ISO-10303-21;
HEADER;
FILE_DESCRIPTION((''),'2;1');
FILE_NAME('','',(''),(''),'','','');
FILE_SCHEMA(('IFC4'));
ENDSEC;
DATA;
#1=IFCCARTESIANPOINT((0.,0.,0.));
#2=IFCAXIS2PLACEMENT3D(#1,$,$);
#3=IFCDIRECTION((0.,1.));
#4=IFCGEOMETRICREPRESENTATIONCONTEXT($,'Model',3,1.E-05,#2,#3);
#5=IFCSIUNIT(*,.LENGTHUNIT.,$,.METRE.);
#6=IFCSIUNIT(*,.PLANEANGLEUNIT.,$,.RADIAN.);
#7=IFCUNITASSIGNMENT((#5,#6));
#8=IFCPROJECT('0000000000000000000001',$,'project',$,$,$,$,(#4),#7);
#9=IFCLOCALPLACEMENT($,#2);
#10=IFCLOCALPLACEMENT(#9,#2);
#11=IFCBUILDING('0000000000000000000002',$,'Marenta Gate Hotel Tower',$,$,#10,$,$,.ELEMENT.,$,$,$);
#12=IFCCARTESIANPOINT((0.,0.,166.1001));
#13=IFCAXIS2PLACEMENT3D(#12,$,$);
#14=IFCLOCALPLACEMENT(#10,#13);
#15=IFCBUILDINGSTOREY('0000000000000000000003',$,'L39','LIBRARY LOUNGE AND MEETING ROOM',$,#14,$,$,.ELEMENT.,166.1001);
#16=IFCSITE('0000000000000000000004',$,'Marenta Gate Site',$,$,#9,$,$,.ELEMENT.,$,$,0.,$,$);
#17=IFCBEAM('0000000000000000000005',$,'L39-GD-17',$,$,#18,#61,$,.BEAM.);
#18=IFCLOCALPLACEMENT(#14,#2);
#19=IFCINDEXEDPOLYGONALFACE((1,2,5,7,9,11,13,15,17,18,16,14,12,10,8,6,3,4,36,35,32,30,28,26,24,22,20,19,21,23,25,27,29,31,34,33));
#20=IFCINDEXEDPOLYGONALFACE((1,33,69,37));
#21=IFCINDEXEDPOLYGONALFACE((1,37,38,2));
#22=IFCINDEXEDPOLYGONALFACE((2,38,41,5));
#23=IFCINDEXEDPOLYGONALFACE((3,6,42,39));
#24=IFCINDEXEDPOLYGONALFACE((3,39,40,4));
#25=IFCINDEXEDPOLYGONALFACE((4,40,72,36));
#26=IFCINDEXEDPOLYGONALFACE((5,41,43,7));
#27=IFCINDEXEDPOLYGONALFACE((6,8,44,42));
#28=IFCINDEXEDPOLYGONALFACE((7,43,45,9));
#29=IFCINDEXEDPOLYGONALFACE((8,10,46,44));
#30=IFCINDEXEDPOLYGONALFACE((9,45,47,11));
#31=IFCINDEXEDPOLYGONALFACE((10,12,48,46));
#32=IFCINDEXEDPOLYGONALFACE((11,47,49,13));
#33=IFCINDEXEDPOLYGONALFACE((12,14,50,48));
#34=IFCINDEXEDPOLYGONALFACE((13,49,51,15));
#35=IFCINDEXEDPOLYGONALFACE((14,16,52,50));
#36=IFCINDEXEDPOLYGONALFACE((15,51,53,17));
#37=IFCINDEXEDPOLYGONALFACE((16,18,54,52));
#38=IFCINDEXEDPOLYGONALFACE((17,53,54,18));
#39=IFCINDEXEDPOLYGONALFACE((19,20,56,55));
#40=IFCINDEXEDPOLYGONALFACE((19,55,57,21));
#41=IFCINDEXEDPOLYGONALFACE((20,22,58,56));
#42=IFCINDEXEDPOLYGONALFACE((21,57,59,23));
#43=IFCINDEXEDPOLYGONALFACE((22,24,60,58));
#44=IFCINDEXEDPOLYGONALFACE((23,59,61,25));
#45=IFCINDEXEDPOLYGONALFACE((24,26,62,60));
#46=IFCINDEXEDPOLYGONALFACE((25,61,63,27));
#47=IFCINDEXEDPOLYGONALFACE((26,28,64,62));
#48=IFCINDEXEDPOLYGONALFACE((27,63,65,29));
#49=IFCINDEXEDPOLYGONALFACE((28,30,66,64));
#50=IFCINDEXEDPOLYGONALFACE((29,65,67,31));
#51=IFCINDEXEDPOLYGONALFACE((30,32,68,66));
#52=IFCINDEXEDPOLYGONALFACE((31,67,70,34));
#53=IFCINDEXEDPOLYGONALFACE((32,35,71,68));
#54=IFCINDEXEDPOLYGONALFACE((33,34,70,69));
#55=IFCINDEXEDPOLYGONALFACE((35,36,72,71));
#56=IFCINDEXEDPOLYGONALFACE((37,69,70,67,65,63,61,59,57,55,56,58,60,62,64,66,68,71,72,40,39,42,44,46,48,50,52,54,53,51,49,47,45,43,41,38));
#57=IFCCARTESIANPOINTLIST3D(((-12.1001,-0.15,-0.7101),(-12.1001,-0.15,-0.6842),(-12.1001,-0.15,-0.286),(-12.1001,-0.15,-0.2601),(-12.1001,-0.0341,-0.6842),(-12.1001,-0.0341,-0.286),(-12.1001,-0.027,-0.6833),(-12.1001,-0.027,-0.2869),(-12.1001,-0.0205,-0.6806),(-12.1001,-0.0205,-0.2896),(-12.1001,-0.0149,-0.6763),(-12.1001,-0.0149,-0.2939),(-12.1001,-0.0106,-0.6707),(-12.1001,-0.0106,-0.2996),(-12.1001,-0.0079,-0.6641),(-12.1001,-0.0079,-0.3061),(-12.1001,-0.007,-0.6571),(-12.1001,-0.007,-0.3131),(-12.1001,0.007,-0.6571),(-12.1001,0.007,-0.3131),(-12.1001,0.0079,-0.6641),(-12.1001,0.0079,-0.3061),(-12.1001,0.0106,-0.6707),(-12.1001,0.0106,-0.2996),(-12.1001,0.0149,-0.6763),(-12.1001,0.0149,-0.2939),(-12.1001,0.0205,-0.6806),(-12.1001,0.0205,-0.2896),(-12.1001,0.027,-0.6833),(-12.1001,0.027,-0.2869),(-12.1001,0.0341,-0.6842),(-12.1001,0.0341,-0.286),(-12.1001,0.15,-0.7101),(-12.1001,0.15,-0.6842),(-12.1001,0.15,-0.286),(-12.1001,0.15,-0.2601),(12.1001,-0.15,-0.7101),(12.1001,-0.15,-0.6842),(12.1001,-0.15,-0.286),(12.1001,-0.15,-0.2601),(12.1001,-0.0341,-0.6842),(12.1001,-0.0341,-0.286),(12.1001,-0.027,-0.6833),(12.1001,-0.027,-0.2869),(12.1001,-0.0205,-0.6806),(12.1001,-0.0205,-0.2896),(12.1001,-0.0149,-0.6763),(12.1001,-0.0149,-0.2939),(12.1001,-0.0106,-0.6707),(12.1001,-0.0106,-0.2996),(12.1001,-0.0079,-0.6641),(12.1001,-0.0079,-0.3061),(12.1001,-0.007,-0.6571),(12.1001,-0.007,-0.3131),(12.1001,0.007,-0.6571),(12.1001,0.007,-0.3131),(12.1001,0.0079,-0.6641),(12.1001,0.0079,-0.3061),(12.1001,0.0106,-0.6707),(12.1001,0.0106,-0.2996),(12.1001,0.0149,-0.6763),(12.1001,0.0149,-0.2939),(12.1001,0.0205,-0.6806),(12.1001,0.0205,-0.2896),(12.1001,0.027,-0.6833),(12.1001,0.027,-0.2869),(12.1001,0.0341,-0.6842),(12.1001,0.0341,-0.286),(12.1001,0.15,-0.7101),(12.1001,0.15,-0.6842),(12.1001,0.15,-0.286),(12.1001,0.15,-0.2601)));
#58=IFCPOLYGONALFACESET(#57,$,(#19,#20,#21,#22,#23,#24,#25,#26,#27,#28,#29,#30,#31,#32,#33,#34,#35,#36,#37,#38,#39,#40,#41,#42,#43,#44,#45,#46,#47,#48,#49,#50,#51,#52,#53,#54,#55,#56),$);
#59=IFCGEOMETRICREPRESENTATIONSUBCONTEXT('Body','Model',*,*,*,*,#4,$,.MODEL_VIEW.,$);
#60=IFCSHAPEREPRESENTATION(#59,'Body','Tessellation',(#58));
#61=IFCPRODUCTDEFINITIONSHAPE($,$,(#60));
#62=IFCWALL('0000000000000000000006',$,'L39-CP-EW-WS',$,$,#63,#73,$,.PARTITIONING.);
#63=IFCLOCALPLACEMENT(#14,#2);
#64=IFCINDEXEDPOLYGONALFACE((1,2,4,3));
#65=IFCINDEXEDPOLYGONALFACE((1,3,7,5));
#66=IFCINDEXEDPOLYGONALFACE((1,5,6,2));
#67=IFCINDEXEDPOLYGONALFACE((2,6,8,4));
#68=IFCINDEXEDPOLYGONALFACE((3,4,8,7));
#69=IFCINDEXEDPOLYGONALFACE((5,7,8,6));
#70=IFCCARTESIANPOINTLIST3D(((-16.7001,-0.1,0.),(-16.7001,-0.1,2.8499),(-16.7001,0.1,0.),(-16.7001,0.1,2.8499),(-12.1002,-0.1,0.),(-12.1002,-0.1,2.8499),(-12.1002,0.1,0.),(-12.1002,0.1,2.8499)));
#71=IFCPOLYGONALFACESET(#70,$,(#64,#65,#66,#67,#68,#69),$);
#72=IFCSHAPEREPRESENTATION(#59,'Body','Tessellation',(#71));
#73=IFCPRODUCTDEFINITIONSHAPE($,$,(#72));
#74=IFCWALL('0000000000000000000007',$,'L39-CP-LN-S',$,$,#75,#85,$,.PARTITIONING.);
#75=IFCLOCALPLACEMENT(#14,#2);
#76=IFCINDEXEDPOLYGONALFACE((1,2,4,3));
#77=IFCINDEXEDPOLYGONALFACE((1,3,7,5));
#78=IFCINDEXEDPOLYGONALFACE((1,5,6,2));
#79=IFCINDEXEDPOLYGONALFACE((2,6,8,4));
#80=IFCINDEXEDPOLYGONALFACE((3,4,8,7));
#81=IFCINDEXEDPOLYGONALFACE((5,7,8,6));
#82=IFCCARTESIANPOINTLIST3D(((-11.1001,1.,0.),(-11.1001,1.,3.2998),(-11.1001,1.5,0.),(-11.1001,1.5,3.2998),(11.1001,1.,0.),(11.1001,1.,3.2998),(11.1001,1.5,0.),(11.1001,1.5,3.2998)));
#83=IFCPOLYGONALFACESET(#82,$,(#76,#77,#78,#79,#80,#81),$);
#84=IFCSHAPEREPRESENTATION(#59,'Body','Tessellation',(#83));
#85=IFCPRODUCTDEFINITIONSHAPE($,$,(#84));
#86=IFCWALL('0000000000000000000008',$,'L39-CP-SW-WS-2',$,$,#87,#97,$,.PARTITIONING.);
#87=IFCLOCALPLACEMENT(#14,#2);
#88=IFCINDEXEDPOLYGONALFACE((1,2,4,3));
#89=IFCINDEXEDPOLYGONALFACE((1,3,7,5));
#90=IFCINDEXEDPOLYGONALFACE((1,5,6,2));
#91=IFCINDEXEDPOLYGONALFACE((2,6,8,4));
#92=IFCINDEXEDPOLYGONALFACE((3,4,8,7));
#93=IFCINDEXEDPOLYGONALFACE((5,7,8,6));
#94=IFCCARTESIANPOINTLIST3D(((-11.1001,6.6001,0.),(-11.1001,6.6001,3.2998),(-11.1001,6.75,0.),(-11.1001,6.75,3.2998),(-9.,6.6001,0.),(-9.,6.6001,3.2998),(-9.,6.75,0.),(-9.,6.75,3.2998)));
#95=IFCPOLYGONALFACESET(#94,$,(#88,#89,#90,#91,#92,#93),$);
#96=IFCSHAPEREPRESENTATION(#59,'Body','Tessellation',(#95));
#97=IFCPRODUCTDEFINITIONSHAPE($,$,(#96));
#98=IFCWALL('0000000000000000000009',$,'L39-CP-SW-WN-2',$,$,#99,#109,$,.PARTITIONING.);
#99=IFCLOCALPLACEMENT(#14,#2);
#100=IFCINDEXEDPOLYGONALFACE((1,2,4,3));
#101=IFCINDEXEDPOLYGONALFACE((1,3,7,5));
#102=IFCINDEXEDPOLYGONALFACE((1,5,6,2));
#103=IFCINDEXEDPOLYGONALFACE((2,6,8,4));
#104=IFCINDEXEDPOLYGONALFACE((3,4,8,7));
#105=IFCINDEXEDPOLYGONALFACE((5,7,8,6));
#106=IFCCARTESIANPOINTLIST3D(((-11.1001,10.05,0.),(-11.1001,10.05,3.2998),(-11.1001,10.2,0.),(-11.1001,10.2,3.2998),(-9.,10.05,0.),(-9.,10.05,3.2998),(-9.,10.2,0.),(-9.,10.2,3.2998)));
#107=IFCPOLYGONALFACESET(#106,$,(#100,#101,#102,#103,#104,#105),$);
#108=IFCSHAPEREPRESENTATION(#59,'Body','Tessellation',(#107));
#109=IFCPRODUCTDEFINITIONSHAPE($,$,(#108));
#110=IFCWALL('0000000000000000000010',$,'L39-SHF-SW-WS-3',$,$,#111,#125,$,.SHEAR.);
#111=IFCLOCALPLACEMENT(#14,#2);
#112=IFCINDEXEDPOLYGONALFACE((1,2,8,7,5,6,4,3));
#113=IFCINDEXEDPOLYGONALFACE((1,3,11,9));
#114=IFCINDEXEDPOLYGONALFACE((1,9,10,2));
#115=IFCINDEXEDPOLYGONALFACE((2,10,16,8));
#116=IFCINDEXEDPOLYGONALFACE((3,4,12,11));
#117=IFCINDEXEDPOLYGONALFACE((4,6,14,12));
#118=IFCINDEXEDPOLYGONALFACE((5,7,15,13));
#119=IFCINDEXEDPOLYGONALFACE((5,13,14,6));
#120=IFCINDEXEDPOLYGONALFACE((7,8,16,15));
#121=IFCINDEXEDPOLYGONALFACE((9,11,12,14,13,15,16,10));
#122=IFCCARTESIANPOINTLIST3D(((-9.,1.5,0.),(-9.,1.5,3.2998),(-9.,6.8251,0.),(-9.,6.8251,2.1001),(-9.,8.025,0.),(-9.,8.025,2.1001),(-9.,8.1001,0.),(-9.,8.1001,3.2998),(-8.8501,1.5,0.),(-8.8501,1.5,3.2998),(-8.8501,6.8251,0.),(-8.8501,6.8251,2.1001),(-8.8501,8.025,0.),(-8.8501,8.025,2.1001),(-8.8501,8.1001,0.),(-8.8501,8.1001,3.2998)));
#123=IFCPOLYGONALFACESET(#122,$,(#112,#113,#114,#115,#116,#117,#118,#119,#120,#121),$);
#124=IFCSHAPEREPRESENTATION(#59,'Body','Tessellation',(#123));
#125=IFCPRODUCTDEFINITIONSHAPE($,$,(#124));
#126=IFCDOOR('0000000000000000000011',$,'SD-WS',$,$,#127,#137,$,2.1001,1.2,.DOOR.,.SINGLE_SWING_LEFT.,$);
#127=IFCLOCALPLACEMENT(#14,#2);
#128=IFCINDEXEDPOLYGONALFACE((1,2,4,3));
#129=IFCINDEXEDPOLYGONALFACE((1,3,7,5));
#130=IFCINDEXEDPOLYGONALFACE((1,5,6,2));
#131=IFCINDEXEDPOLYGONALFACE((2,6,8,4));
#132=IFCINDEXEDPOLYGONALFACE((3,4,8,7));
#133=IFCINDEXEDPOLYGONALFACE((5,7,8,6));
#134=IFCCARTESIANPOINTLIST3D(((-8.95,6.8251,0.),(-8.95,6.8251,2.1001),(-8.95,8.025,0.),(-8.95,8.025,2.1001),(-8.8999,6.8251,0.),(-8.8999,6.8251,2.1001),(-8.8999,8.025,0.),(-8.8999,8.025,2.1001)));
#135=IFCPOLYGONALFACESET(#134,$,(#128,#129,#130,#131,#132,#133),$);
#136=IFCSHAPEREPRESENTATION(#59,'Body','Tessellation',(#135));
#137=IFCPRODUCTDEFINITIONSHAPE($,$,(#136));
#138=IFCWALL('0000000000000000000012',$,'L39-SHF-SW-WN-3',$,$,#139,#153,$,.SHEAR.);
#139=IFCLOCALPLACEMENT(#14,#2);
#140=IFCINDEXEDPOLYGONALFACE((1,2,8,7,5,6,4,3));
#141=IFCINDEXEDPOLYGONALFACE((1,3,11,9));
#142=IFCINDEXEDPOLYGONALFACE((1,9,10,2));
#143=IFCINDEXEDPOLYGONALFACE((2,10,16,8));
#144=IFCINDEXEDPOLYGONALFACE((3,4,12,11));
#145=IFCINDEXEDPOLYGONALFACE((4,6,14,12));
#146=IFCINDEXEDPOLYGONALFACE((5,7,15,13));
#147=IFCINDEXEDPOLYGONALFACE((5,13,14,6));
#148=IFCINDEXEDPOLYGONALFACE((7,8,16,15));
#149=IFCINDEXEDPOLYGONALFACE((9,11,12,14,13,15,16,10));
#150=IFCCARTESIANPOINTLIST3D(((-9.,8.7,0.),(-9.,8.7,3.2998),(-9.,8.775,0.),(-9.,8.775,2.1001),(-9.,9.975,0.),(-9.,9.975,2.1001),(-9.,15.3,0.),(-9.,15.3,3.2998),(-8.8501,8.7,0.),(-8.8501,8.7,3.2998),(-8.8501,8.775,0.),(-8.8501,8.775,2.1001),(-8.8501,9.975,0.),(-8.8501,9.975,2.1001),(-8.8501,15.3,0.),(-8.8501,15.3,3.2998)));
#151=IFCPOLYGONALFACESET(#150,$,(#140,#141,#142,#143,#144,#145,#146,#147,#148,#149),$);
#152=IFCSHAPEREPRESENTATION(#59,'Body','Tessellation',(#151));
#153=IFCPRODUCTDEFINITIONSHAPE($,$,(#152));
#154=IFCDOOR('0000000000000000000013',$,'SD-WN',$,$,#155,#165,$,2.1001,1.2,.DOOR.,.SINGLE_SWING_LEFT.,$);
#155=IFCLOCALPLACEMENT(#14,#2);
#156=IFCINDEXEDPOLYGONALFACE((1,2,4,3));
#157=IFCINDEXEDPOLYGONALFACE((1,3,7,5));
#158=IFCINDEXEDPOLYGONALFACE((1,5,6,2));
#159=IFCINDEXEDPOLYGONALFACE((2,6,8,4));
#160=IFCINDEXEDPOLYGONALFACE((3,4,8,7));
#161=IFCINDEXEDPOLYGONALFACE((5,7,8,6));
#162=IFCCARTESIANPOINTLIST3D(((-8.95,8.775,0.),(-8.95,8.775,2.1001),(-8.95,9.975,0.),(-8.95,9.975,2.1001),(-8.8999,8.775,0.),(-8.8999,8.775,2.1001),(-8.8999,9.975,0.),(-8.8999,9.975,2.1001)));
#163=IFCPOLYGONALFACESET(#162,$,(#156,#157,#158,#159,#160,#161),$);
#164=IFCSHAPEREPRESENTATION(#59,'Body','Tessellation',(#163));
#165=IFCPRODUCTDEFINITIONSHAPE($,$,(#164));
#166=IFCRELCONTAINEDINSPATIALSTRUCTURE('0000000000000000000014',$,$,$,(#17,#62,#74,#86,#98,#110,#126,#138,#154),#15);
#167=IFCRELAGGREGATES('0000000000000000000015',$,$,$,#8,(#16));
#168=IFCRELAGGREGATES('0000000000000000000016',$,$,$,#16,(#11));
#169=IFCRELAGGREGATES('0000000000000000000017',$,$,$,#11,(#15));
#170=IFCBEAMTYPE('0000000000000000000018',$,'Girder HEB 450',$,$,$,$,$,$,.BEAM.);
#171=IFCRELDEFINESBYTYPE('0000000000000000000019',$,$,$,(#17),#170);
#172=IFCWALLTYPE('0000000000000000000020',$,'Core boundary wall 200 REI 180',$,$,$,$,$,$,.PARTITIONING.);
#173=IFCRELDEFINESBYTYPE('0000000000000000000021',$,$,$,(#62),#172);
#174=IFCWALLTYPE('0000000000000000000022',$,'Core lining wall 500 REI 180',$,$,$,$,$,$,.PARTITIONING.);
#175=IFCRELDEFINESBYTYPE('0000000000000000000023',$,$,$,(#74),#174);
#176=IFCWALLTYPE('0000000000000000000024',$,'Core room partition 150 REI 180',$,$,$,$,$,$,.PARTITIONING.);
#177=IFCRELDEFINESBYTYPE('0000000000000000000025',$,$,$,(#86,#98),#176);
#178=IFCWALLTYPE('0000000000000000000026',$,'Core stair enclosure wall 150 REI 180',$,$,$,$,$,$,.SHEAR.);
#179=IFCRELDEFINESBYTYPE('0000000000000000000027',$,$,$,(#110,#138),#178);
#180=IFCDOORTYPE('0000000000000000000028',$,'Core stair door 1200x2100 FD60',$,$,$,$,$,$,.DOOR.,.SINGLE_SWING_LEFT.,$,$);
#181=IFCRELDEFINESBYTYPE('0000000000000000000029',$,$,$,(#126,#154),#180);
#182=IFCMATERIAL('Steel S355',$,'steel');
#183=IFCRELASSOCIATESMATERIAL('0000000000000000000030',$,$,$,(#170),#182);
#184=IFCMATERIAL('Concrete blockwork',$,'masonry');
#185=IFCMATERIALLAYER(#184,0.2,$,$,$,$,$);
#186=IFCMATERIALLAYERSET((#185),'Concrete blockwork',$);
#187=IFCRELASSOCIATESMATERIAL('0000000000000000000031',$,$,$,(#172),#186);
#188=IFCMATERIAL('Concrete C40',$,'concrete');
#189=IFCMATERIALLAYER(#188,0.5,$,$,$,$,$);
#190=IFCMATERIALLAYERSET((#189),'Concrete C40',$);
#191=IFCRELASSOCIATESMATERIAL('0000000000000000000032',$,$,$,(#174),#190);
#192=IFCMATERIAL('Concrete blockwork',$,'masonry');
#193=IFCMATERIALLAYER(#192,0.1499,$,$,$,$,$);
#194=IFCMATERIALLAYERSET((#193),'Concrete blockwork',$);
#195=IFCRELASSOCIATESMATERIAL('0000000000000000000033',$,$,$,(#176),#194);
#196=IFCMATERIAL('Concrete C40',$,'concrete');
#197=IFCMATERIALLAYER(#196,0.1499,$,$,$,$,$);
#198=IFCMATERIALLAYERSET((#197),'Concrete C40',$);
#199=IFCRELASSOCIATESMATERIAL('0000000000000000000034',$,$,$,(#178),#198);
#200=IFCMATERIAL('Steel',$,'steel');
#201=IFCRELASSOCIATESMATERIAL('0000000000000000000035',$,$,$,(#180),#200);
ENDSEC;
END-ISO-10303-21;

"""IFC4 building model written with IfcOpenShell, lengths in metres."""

from ifc_helpers import new_model, si_unit, direction, frame, frame_2d, origin, origin_2d, place, context, subcontext, project, spatial, rectangle, i_section, extrude, material, layer, layer_set, material_profile, profile_set, type_object, element, fill, save


model = new_model("IFC4")

# Units and contexts
model_context = context("Model", 3, precision=1e-05, world=origin(), true_north=direction((0.0, 1.0)))
body_context = subcontext(model_context, "Body", "Model", "MODEL_VIEW")
ifc_project = project(units=[si_unit("LENGTHUNIT", "METRE"), si_unit("PLANEANGLEUNIT", "RADIAN")], contexts=[model_context])

# Site, building, storey
site_placement = place(None, origin())
site = spatial("IfcSite", under=ifc_project, at=site_placement, Name="Marenta Gate Site", CompositionType="ELEMENT", RefElevation=0.0)
building_placement = place(site_placement, origin())
building = spatial("IfcBuilding", under=site, at=building_placement, Name="Marenta Gate Hotel Tower", CompositionType="ELEMENT")
storey_placement = place(building_placement, frame((0.0, 0.0, 166.1001)))
storey = spatial("IfcBuildingStorey", under=building, at=storey_placement, Name="L39", Description="LIBRARY LOUNGE AND MEETING ROOM", CompositionType="ELEMENT", Elevation=166.1001)

# Beam
ifc_material_1 = material(Name="Steel S355", Category="steel")
ifc_material_profile = material_profile(ifc_material_1, i_section(OverallWidth=0.3, OverallDepth=0.45, WebThickness=0.0139, FlangeThickness=0.0259, FilletRadius=0.0271, at=origin_2d()), Name="HEB 450")
ifc_profile_set = profile_set([ifc_material_profile], Name="Steel S355")
beam_type = type_object("IfcBeamType", Name="Girder HEB 450", PredefinedType="BEAM", material=ifc_profile_set)
beam_placement = place(storey_placement, frame((-12.1001, 0.0, -0.4851), z_axis=(1.0, 0.0, 0.0), x_axis=(0.0, 1.0, 0.0)))
element("IfcBeam", 1, at=beam_placement, inside=storey, type_object=beam_type, Name="L39-GD-17", PredefinedType="BEAM", context=body_context, shape_type="SweptSolid", body=[
    extrude(i_section(OverallWidth=0.3, OverallDepth=0.45, WebThickness=0.0139, FlangeThickness=0.0259, FilletRadius=0.0271, at=origin_2d()), origin(), (0.0, 0.0, 1.0), 24.2002),
])

# Shared definitions
ifc_material_2 = material(Name="Concrete blockwork", Category="masonry")
ifc_layer_1 = layer(ifc_material_2, 0.2)
ifc_layer_set_1 = layer_set([ifc_layer_1], Name="Concrete blockwork")
wall_type_1 = type_object("IfcWallType", Name="Core boundary wall 200 REI 180", PredefinedType="PARTITIONING", material=ifc_layer_set_1)

# Walls
wall_1_placement = place(storey_placement, frame((-16.7, 0.0, 0.0), z_axis=(0.0, 0.0, 1.0), x_axis=(1.0, 0.0, 0.0)))
element("IfcWall", 2, at=wall_1_placement, inside=storey, type_object=wall_type_1, Name="L39-CP-EW-WS", PredefinedType="PARTITIONING", context=body_context, shape_type="SweptSolid", body=[
    extrude(rectangle(XDim=4.5999, YDim=0.2, at=frame_2d((2.2998, 0.0))), origin(), (0.0, 0.0, 1.0), 2.8499),
])
ifc_material_3 = material(Name="Concrete C40", Category="concrete")
ifc_layer_2 = layer(ifc_material_3, 0.5)
ifc_layer_set_2 = layer_set([ifc_layer_2], Name="Concrete C40")
wall_type_2 = type_object("IfcWallType", Name="Core lining wall 500 REI 180", PredefinedType="PARTITIONING", material=ifc_layer_set_2)
wall_2_placement = place(storey_placement, frame((-11.1001, 1.25, 0.0), z_axis=(0.0, 0.0, 1.0), x_axis=(1.0, 0.0, 0.0)))
element("IfcWall", 3, at=wall_2_placement, inside=storey, type_object=wall_type_2, Name="L39-CP-LN-S", PredefinedType="PARTITIONING", context=body_context, shape_type="SweptSolid", body=[
    extrude(rectangle(XDim=22.2002, YDim=0.5, at=frame_2d((11.1001, 0.0))), origin(), (0.0, 0.0, 1.0), 3.2998),
])
ifc_material_4 = material(Name="Concrete blockwork", Category="masonry")
ifc_layer_3 = layer(ifc_material_4, 0.1499)
ifc_layer_set_3 = layer_set([ifc_layer_3], Name="Concrete blockwork")
wall_type_3 = type_object("IfcWallType", Name="Core room partition 150 REI 180", PredefinedType="PARTITIONING", material=ifc_layer_set_3)
for number, where, z_axis, x_axis, name in (
    (4, (-11.1001, 6.675, 0.0), (0.0, 0.0, 1.0), (1.0, 0.0, 0.0), "L39-CP-SW-WS-2"),
    (5, (-11.1001, 10.125, 0.0), (0.0, 0.0, 1.0), (1.0, 0.0, 0.0), "L39-CP-SW-WN-2"),
):
    element("IfcWall", number, at=place(storey_placement, frame(where, z_axis=z_axis, x_axis=x_axis)), inside=storey, type_object=wall_type_3, Name=name, PredefinedType="PARTITIONING", context=body_context, shape_type="SweptSolid", body=[
        extrude(rectangle(XDim=2.1001, YDim=0.1499, at=frame_2d((1.05, 0.0))), origin(), (0.0, 0.0, 1.0), 3.2998),
    ])

# Walls, openings, doors
ifc_material_5 = material(Name="Concrete C40", Category="concrete")
ifc_layer_4 = layer(ifc_material_5, 0.1499)
ifc_layer_set_4 = layer_set([ifc_layer_4], Name="Concrete C40")
wall_type_4 = type_object("IfcWallType", Name="Core stair enclosure wall 150 REI 180", PredefinedType="SHEAR", material=ifc_layer_set_4)
wall_3_placement = place(storey_placement, frame((-8.925, 1.5, 0.0), z_axis=(0.0, 0.0, 1.0), x_axis=(0.0, 1.0, 0.0)))
wall_3 = element("IfcWall", 6, at=wall_3_placement, inside=storey, type_object=wall_type_4, Name="L39-SHF-SW-WS-3", PredefinedType="SHEAR", context=body_context, shape_type="SweptSolid", body=[
    extrude(rectangle(XDim=6.6001, YDim=0.1499, at=frame_2d((3.3, 0.0))), origin(), (0.0, 0.0, 1.0), 3.2998),
])
opening_1_placement = place(wall_3_placement, frame((5.325, 0.0, 0.0)))
opening_1 = element("IfcOpeningElement", 7, at=opening_1_placement, cuts=wall_3, PredefinedType="OPENING", context=body_context, shape_type="SweptSolid", body=[
    extrude(rectangle(XDim=1.2, YDim=2.1001, at=frame_2d((0.6001, 1.05))), frame((0.0, 0.075, 0.0), z_axis=(0.0, -1.0, 0.0), x_axis=(1.0, 0.0, 0.0)), (0.0, 0.0, 1.0), 0.1499),
])
ifc_material_6 = material(Name="Steel", Category="steel")
door_type_1 = type_object("IfcDoorType", Name="Core stair door 1200x2100 FD60", OperationType="SINGLE_SWING_LEFT", PredefinedType="DOOR", material=ifc_material_6)
door_1_placement = place(opening_1_placement, origin())
door_1 = element("IfcDoor", 8, at=door_1_placement, inside=storey, type_object=door_type_1, Name="SD-WS", OperationType="SINGLE_SWING_LEFT", OverallHeight=2.1001, OverallWidth=1.2, PredefinedType="DOOR", context=body_context, shape_type="SweptSolid", body=[
    extrude(rectangle(XDim=1.2, YDim=2.1001, at=frame_2d((0.6001, 1.05))), frame((0.0, 0.0249, 0.0), z_axis=(0.0, -1.0, 0.0), x_axis=(1.0, 0.0, 0.0)), (0.0, 0.0, 1.0), 0.05),
])
fill(opening_1, door_1)
wall_4_placement = place(storey_placement, frame((-8.925, 8.7, 0.0), z_axis=(0.0, 0.0, 1.0), x_axis=(0.0, 1.0, 0.0)))
wall_4 = element("IfcWall", 9, at=wall_4_placement, inside=storey, type_object=wall_type_4, Name="L39-SHF-SW-WN-3", PredefinedType="SHEAR", context=body_context, shape_type="SweptSolid", body=[
    extrude(rectangle(XDim=6.6001, YDim=0.1499, at=frame_2d((3.3, 0.0))), origin(), (0.0, 0.0, 1.0), 3.2998),
])
opening_2_placement = place(wall_4_placement, frame((0.075, 0.0, 0.0)))
opening_2 = element("IfcOpeningElement", 10, at=opening_2_placement, cuts=wall_4, PredefinedType="OPENING", context=body_context, shape_type="SweptSolid", body=[
    extrude(rectangle(XDim=1.2, YDim=2.1001, at=frame_2d((0.6001, 1.05))), frame((0.0, 0.075, 0.0), z_axis=(0.0, -1.0, 0.0), x_axis=(1.0, 0.0, 0.0)), (0.0, 0.0, 1.0), 0.1499),
])
door_2_placement = place(opening_2_placement, origin())
door_2 = element("IfcDoor", 11, at=door_2_placement, inside=storey, type_object=door_type_1, Name="SD-WN", OperationType="SINGLE_SWING_LEFT", OverallHeight=2.1001, OverallWidth=1.2, PredefinedType="DOOR", context=body_context, shape_type="SweptSolid", body=[
    extrude(rectangle(XDim=1.2, YDim=2.1001, at=frame_2d((0.6001, 1.05))), frame((0.0, 0.0249, 0.0), z_axis=(0.0, -1.0, 0.0), x_axis=(1.0, 0.0, 0.0)), (0.0, 0.0, 1.0), 0.05),
])
fill(opening_2, door_2)

save(model, "model.ifc")
